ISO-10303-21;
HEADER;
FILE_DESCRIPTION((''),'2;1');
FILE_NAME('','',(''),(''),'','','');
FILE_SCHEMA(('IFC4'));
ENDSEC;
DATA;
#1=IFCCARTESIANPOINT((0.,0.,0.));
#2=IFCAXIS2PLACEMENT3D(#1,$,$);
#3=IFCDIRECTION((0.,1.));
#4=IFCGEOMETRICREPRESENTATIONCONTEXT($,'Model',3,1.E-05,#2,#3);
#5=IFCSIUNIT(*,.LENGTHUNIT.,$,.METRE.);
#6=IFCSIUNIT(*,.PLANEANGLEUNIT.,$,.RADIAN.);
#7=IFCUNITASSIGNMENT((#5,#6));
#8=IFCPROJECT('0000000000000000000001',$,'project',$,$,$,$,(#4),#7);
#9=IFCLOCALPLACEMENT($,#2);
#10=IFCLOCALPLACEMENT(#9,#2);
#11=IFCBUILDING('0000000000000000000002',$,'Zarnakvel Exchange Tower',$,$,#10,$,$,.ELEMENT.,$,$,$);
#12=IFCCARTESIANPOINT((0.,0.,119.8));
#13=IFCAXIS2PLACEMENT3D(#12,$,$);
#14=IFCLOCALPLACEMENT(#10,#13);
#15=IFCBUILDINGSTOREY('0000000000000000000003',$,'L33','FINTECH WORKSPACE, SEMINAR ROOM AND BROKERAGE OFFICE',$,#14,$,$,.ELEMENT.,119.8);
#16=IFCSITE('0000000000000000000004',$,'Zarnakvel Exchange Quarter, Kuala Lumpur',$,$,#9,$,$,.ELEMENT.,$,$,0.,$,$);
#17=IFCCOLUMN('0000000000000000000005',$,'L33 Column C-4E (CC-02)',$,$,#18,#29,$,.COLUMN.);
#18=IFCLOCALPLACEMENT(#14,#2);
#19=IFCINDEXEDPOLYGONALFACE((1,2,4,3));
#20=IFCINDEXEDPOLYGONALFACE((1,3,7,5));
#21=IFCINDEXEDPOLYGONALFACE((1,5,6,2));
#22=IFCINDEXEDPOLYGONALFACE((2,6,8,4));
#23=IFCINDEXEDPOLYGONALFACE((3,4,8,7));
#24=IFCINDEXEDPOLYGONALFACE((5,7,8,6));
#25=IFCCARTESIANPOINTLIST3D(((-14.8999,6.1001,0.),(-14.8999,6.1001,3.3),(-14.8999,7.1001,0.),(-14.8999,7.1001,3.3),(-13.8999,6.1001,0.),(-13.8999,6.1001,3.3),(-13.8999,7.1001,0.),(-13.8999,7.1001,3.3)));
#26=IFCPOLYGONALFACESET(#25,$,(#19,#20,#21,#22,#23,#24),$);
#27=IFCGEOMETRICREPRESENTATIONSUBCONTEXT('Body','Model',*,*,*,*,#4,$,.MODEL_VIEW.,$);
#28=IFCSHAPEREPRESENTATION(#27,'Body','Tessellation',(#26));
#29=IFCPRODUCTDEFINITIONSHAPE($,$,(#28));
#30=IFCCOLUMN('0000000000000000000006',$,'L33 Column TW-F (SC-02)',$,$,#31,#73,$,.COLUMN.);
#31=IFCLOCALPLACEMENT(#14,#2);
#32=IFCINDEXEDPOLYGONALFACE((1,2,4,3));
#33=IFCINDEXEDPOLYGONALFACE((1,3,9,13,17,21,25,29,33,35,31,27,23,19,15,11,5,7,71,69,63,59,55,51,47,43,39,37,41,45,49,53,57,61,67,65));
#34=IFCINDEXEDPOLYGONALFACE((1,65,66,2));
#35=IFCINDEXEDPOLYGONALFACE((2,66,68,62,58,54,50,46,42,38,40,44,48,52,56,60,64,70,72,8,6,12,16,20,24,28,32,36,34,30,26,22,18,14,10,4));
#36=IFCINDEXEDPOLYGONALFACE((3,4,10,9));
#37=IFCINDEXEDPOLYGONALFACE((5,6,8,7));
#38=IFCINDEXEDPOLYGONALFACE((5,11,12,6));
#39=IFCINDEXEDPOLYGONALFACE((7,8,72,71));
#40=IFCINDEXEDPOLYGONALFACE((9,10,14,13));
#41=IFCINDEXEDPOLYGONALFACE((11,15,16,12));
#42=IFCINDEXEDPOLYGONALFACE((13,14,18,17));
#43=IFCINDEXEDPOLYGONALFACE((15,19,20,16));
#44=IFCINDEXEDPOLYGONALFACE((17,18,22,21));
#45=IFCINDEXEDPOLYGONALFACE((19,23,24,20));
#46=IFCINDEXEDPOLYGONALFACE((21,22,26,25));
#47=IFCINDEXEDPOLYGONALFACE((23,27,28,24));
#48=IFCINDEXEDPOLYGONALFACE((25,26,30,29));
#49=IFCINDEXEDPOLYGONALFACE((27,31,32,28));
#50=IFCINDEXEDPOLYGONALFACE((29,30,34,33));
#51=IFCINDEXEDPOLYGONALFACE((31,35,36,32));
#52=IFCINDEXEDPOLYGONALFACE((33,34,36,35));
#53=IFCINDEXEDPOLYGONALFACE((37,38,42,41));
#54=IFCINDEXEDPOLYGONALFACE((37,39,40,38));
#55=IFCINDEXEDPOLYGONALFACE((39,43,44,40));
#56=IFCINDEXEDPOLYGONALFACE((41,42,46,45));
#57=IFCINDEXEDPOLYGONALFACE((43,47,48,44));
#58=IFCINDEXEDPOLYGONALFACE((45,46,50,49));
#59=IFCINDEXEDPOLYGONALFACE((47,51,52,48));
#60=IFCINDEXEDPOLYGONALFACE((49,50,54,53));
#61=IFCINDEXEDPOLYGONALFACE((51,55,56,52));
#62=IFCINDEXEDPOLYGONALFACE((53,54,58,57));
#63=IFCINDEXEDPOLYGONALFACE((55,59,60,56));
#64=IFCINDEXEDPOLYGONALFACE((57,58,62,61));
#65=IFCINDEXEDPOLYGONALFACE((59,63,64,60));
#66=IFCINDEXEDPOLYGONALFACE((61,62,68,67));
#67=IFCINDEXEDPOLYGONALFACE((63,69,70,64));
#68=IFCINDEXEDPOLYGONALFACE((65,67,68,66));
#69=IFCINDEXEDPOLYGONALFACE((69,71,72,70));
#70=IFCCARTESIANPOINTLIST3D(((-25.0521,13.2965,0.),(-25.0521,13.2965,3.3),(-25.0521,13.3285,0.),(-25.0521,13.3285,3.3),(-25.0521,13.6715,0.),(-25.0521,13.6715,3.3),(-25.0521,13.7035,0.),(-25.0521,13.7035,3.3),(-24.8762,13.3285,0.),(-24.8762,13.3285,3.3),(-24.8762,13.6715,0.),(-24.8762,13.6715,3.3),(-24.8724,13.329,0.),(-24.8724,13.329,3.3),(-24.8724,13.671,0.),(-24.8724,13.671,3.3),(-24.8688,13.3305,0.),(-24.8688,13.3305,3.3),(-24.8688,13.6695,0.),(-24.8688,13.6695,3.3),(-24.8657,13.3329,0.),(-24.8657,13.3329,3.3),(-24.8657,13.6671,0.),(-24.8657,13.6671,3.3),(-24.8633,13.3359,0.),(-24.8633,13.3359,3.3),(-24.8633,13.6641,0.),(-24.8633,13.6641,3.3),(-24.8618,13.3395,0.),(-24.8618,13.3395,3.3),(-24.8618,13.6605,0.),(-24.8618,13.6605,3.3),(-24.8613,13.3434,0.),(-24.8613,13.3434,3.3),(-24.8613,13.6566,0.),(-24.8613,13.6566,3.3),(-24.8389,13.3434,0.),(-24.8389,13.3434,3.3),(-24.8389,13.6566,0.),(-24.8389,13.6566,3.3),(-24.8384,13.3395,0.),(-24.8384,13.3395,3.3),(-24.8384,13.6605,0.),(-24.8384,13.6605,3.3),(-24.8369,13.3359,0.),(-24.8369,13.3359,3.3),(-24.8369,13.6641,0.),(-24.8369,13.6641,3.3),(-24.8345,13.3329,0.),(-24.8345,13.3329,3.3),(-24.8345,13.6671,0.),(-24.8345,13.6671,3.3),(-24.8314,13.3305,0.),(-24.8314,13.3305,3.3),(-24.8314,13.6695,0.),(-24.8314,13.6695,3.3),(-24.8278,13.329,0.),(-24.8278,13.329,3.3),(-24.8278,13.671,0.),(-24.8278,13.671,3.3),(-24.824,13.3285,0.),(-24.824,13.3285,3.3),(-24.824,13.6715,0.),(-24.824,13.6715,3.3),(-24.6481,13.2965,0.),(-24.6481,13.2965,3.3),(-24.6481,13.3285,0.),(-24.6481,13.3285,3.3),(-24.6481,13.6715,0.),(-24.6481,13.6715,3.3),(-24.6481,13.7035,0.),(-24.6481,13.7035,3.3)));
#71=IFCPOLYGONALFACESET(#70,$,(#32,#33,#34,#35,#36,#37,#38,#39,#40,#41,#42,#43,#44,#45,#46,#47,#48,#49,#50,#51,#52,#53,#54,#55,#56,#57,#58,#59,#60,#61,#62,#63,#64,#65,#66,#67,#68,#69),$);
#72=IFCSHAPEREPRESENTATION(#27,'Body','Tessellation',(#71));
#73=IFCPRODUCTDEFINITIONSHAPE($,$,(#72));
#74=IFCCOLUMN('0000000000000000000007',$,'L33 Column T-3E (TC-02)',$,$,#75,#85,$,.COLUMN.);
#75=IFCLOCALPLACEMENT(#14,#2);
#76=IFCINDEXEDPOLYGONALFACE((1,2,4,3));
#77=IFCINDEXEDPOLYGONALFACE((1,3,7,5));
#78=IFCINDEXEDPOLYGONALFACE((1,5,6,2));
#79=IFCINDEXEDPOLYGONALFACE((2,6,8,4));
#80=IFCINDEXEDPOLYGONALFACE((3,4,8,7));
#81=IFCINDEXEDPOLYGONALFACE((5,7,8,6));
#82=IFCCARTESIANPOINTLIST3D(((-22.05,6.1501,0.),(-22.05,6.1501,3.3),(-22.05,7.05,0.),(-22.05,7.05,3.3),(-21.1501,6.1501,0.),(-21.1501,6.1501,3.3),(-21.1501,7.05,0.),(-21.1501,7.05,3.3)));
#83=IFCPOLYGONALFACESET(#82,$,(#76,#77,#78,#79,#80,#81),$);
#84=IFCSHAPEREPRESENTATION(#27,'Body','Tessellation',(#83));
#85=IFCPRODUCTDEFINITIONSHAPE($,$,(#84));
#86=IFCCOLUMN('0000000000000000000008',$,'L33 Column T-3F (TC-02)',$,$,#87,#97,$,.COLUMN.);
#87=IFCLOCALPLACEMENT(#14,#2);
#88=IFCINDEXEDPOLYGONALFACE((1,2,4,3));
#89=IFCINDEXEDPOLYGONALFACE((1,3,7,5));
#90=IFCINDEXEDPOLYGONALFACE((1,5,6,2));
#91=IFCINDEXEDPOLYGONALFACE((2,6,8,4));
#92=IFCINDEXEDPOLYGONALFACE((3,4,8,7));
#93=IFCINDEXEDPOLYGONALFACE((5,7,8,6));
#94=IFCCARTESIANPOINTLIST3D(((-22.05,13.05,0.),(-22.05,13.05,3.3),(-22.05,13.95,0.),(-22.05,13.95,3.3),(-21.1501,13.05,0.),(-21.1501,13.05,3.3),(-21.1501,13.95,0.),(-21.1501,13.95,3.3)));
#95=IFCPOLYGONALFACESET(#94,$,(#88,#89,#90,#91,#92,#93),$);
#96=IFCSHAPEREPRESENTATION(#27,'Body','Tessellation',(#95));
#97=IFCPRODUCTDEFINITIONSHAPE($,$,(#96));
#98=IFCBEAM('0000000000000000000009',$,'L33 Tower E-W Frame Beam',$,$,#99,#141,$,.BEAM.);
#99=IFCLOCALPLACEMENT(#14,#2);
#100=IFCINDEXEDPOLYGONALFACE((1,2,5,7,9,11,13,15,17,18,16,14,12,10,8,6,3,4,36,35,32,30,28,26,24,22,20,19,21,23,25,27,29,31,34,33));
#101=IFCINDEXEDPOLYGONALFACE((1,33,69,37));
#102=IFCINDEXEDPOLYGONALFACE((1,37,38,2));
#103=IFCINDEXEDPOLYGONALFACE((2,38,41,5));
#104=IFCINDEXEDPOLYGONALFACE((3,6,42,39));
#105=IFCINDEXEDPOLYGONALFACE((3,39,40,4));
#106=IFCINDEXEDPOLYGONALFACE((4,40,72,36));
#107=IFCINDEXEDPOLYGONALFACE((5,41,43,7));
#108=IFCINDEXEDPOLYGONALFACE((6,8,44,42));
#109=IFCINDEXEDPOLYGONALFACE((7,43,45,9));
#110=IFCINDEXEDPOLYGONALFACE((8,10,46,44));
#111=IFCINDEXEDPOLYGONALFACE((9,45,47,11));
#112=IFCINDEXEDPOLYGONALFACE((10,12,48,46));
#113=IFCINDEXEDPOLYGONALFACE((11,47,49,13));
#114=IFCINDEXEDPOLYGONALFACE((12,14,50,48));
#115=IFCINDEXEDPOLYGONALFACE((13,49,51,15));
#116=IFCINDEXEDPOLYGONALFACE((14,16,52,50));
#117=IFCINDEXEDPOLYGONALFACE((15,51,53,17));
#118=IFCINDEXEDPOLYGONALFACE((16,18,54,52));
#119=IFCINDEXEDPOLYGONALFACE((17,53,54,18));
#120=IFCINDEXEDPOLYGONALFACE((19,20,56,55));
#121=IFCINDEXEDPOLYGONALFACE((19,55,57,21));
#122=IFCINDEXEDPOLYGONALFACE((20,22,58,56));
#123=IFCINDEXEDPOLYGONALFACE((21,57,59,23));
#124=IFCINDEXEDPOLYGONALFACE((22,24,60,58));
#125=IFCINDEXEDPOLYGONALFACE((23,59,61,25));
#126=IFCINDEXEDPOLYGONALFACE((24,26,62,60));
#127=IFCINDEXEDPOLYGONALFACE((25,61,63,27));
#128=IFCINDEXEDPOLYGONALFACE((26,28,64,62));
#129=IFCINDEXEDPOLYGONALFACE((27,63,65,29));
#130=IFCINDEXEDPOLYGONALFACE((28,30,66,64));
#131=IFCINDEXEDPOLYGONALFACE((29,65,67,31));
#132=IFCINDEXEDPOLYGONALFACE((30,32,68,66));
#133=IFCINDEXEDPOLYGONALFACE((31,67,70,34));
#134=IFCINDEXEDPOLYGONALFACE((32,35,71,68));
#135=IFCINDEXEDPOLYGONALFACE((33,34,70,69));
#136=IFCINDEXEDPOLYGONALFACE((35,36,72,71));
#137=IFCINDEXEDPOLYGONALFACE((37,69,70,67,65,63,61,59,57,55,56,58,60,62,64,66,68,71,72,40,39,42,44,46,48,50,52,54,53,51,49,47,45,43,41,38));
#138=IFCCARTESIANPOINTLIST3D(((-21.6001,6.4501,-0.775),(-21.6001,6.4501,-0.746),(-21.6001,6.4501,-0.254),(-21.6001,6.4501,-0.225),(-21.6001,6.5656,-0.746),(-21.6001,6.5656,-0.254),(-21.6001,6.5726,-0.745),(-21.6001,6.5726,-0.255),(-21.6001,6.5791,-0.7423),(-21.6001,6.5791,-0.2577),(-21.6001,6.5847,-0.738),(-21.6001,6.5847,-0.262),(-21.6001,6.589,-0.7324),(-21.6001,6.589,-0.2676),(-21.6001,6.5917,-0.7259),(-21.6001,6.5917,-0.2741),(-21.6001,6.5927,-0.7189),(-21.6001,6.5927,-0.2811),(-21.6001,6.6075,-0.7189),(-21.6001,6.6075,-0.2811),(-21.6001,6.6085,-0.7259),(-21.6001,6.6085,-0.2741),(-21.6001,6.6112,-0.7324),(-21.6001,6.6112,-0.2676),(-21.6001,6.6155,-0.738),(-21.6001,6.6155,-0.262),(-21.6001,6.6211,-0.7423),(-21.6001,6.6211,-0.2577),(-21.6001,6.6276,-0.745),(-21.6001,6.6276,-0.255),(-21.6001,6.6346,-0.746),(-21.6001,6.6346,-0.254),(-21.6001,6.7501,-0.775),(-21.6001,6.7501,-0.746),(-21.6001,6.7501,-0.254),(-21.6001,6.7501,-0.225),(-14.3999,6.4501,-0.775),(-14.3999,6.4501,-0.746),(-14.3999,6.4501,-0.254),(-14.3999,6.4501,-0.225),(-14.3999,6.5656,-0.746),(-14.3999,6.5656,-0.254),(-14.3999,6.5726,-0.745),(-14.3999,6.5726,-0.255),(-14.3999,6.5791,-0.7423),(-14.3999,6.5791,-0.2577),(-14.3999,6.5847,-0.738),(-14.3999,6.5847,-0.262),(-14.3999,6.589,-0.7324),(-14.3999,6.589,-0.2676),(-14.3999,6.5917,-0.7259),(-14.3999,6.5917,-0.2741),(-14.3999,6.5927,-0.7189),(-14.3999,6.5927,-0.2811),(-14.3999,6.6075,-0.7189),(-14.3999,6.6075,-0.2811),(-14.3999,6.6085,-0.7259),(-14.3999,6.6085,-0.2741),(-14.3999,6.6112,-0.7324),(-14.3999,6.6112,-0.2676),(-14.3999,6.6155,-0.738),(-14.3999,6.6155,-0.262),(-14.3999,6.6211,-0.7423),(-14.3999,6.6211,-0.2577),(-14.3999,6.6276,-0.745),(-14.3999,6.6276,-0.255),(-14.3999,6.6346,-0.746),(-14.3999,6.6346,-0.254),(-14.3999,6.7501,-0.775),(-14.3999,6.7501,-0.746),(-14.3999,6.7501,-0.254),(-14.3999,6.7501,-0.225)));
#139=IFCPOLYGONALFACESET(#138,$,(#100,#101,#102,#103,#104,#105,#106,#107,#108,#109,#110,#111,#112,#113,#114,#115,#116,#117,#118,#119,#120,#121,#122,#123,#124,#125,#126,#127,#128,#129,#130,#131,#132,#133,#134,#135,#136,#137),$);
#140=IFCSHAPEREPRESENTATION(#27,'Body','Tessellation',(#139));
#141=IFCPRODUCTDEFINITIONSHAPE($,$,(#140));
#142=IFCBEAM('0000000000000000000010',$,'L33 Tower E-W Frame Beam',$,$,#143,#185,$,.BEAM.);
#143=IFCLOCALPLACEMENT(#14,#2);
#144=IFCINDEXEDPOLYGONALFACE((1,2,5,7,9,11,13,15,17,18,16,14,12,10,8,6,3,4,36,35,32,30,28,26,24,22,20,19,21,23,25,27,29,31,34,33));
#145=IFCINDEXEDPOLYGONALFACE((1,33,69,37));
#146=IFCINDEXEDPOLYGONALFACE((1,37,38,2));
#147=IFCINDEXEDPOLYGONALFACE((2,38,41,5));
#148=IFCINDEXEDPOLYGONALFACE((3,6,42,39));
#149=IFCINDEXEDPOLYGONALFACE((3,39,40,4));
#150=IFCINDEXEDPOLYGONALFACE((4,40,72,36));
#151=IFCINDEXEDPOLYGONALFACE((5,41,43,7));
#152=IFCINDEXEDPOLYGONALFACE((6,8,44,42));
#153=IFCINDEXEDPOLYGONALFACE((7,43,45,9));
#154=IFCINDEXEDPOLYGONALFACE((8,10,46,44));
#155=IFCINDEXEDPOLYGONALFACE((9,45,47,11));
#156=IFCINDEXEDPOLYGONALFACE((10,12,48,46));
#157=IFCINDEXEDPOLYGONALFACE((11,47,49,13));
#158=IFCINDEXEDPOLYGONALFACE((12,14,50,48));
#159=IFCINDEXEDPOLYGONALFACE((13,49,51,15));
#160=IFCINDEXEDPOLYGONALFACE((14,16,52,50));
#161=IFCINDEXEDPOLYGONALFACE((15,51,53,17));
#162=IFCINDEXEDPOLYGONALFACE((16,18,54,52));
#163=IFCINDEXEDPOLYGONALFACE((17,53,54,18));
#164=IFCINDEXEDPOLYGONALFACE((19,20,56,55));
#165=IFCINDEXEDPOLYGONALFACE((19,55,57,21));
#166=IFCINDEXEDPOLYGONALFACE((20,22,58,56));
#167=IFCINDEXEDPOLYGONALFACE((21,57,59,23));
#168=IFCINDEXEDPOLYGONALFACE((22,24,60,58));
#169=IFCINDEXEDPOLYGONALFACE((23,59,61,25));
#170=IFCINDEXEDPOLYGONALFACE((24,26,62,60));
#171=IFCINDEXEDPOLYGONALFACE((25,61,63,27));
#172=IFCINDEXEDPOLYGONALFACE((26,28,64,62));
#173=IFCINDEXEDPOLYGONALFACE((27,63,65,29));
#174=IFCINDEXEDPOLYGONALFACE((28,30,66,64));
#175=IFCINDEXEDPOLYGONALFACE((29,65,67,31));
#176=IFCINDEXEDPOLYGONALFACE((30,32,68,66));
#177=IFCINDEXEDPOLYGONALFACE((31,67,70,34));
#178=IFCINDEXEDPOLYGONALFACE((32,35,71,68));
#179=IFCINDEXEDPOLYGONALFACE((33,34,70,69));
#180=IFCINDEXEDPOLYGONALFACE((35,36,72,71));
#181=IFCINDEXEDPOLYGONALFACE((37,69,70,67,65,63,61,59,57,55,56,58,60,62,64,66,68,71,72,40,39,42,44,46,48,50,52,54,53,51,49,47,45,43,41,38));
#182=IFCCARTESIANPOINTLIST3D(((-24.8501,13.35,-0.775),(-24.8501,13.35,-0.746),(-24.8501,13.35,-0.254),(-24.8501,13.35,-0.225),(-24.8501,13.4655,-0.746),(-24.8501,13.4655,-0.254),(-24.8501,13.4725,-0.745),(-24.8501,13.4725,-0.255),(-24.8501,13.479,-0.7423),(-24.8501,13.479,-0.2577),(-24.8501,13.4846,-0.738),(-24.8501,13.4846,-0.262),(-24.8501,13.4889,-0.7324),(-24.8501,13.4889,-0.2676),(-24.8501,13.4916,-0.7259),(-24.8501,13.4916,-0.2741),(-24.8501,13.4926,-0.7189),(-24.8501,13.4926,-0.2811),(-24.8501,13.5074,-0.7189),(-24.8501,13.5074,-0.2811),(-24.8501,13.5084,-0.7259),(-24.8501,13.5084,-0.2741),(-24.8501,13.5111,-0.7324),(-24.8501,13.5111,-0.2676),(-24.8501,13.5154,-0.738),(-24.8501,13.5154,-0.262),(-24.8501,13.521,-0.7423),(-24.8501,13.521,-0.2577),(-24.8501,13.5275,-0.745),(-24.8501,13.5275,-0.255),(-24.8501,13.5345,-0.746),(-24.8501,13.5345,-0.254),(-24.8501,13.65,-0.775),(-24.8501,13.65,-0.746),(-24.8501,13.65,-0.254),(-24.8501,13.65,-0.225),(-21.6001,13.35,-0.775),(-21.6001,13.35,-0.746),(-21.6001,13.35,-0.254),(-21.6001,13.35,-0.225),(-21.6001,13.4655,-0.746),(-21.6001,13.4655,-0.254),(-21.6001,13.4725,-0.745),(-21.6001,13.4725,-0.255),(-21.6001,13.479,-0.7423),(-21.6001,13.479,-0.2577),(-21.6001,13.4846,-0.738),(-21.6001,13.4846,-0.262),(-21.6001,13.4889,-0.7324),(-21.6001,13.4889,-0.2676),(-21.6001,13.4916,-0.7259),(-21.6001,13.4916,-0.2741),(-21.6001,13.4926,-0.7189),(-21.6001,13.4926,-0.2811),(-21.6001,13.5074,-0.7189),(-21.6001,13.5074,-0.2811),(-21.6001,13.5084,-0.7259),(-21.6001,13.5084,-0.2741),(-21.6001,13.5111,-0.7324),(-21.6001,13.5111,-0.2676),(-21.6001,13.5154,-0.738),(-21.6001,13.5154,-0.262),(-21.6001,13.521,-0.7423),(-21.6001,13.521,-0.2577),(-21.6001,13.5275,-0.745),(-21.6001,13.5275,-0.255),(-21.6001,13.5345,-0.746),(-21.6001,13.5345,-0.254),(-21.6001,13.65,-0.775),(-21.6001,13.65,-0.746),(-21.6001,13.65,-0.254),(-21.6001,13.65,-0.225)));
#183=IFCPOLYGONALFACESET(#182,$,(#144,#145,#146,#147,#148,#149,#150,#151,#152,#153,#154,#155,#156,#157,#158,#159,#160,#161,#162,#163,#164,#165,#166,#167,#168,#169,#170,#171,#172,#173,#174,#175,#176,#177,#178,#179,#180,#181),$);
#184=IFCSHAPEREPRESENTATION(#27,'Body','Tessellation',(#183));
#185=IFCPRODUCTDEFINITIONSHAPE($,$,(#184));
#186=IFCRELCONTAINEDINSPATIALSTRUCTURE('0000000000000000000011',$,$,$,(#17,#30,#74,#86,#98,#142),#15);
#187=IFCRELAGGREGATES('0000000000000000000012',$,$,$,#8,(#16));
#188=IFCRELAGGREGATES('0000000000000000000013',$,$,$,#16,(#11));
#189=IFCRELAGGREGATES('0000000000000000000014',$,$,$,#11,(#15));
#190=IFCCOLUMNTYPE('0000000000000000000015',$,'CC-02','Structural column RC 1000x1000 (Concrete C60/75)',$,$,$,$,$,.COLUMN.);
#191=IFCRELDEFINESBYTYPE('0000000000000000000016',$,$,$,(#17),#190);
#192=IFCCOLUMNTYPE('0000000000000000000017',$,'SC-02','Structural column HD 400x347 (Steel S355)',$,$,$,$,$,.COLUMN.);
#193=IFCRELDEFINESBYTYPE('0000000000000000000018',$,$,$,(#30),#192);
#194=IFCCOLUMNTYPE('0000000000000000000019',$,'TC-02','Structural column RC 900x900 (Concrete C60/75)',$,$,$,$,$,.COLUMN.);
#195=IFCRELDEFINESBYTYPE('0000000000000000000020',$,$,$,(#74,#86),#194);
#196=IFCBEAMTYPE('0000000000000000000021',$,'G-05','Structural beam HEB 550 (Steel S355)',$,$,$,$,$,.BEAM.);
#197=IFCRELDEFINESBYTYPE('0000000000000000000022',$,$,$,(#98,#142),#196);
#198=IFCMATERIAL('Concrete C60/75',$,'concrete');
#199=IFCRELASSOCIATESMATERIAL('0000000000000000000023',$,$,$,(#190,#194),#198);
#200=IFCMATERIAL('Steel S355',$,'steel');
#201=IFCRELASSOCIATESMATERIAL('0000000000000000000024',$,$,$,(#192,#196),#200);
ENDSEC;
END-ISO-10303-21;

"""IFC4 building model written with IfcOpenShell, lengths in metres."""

from ifc_helpers import new_model, si_unit, direction, frame, origin, origin_2d, place, context, subcontext, project, spatial, rectangle, i_section, extrude, material, material_profile, profile_set, type_object, element, save


model = new_model("IFC4")

# Units and contexts
model_context = context("Model", 3, precision=1e-05, world=origin(), true_north=direction((0.0, 1.0)))
body_context = subcontext(model_context, "Body", "Model", "MODEL_VIEW")
ifc_project = project(units=[si_unit("LENGTHUNIT", "METRE"), si_unit("PLANEANGLEUNIT", "RADIAN")], contexts=[model_context])

# Site, building, storey
site_placement = place(None, origin())
site = spatial("IfcSite", under=ifc_project, at=site_placement, Name="Zarnakvel Exchange Quarter, Kuala Lumpur", CompositionType="ELEMENT", RefElevation=0.0)
building_placement = place(site_placement, origin())
building = spatial("IfcBuilding", under=site, at=building_placement, Name="Zarnakvel Exchange Tower", CompositionType="ELEMENT")
storey_placement = place(building_placement, frame((0.0, 0.0, 119.8)))
storey = spatial("IfcBuildingStorey", under=building, at=storey_placement, Name="L33", Description="FINTECH WORKSPACE, SEMINAR ROOM AND BROKERAGE OFFICE", CompositionType="ELEMENT", Elevation=119.8)

# Columns
ifc_material_1 = material(Name="Concrete C60/75", Category="concrete")
ifc_material_profile_1 = material_profile(ifc_material_1, rectangle(XDim=1.0, YDim=1.0, at=origin_2d()))
ifc_profile_set_1 = profile_set([ifc_material_profile_1], Name="Concrete C60/75")
column_type_1 = type_object("IfcColumnType", Name="CC-02", Description="Structural column RC 1000x1000 (Concrete C60/75)", PredefinedType="COLUMN", material=ifc_profile_set_1)
column_1_placement = place(storey_placement, frame((-14.3999, 6.6001, 0.0), z_axis=(0.0, 0.0, 1.0), x_axis=(1.0, 0.0, 0.0)))
element("IfcColumn", 1, at=column_1_placement, inside=storey, type_object=column_type_1, Name="L33 Column C-4E (CC-02)", PredefinedType="COLUMN", context=body_context, shape_type="SweptSolid", body=[
    extrude(rectangle(XDim=1.0, YDim=1.0, at=origin_2d()), origin(), (0.0, 0.0, 1.0), 3.3),
])
ifc_material_2 = material(Name="Steel S355", Category="steel")
ifc_material_profile_2 = material_profile(ifc_material_2, i_section(OverallWidth=0.4041, OverallDepth=0.407, WebThickness=0.0225, FlangeThickness=0.032, FilletRadius=0.0149, at=origin_2d()))
ifc_profile_set_2 = profile_set([ifc_material_profile_2], Name="Steel S355")
column_type_2 = type_object("IfcColumnType", Name="SC-02", Description="Structural column HD 400x347 (Steel S355)", PredefinedType="COLUMN", material=ifc_profile_set_2)
column_2_placement = place(storey_placement, frame((-24.8501, 13.5, 0.0), z_axis=(0.0, 0.0, 1.0), x_axis=(1.0, 0.0, 0.0)))
element("IfcColumn", 2, at=column_2_placement, inside=storey, type_object=column_type_2, Name="L33 Column TW-F (SC-02)", PredefinedType="COLUMN", context=body_context, shape_type="SweptSolid", body=[
    extrude(i_section(OverallWidth=0.4041, OverallDepth=0.407, WebThickness=0.0225, FlangeThickness=0.032, FilletRadius=0.0149, at=origin_2d()), origin(), (0.0, 0.0, 1.0), 3.3),
])
ifc_material_profile_3 = material_profile(ifc_material_1, rectangle(XDim=0.8999, YDim=0.8999, at=origin_2d()))
ifc_profile_set_3 = profile_set([ifc_material_profile_3], Name="Concrete C60/75")
column_type_3 = type_object("IfcColumnType", Name="TC-02", Description="Structural column RC 900x900 (Concrete C60/75)", PredefinedType="COLUMN", material=ifc_profile_set_3)
for number, where, z_axis, x_axis, name in (
    (3, (-21.6001, 6.6001, 0.0), (0.0, 0.0, 1.0), (1.0, 0.0, 0.0), "L33 Column T-3E (TC-02)"),
    (4, (-21.6001, 13.5, 0.0), (0.0, 0.0, 1.0), (1.0, 0.0, 0.0), "L33 Column T-3F (TC-02)"),
):
    element("IfcColumn", number, at=place(storey_placement, frame(where, z_axis=z_axis, x_axis=x_axis)), inside=storey, type_object=column_type_3, Name=name, PredefinedType="COLUMN", context=body_context, shape_type="SweptSolid", body=[
        extrude(rectangle(XDim=0.8999, YDim=0.8999, at=origin_2d()), origin(), (0.0, 0.0, 1.0), 3.3),
    ])

# Beams
ifc_material_profile_4 = material_profile(ifc_material_2, i_section(OverallWidth=0.3, OverallDepth=0.55, WebThickness=0.0149, FlangeThickness=0.0291, FilletRadius=0.0271, at=origin_2d()))
ifc_profile_set_4 = profile_set([ifc_material_profile_4], Name="Steel S355")
beam_type = type_object("IfcBeamType", Name="G-05", Description="Structural beam HEB 550 (Steel S355)", PredefinedType="BEAM", material=ifc_profile_set_4)
beam_1_placement = place(storey_placement, frame((-21.6001, 6.6001, -0.5), z_axis=(1.0, 0.0, 0.0), x_axis=(0.0, 1.0, 0.0)))
element("IfcBeam", 5, at=beam_1_placement, inside=storey, type_object=beam_type, Name="L33 Tower E-W Frame Beam", PredefinedType="BEAM", context=body_context, shape_type="SweptSolid", body=[
    extrude(i_section(OverallWidth=0.3, OverallDepth=0.55, WebThickness=0.0149, FlangeThickness=0.0291, FilletRadius=0.0271, at=origin_2d()), origin(), (0.0, 0.0, 1.0), 7.2002),
])
beam_2_placement = place(storey_placement, frame((-24.8501, 13.5, -0.5), z_axis=(1.0, 0.0, 0.0), x_axis=(0.0, 1.0, 0.0)))
element("IfcBeam", 6, at=beam_2_placement, inside=storey, type_object=beam_type, Name="L33 Tower E-W Frame Beam", PredefinedType="BEAM", context=body_context, shape_type="SweptSolid", body=[
    extrude(i_section(OverallWidth=0.3, OverallDepth=0.55, WebThickness=0.0149, FlangeThickness=0.0291, FilletRadius=0.0271, at=origin_2d()), origin(), (0.0, 0.0, 1.0), 3.25),
])

save(model, "model.ifc")
